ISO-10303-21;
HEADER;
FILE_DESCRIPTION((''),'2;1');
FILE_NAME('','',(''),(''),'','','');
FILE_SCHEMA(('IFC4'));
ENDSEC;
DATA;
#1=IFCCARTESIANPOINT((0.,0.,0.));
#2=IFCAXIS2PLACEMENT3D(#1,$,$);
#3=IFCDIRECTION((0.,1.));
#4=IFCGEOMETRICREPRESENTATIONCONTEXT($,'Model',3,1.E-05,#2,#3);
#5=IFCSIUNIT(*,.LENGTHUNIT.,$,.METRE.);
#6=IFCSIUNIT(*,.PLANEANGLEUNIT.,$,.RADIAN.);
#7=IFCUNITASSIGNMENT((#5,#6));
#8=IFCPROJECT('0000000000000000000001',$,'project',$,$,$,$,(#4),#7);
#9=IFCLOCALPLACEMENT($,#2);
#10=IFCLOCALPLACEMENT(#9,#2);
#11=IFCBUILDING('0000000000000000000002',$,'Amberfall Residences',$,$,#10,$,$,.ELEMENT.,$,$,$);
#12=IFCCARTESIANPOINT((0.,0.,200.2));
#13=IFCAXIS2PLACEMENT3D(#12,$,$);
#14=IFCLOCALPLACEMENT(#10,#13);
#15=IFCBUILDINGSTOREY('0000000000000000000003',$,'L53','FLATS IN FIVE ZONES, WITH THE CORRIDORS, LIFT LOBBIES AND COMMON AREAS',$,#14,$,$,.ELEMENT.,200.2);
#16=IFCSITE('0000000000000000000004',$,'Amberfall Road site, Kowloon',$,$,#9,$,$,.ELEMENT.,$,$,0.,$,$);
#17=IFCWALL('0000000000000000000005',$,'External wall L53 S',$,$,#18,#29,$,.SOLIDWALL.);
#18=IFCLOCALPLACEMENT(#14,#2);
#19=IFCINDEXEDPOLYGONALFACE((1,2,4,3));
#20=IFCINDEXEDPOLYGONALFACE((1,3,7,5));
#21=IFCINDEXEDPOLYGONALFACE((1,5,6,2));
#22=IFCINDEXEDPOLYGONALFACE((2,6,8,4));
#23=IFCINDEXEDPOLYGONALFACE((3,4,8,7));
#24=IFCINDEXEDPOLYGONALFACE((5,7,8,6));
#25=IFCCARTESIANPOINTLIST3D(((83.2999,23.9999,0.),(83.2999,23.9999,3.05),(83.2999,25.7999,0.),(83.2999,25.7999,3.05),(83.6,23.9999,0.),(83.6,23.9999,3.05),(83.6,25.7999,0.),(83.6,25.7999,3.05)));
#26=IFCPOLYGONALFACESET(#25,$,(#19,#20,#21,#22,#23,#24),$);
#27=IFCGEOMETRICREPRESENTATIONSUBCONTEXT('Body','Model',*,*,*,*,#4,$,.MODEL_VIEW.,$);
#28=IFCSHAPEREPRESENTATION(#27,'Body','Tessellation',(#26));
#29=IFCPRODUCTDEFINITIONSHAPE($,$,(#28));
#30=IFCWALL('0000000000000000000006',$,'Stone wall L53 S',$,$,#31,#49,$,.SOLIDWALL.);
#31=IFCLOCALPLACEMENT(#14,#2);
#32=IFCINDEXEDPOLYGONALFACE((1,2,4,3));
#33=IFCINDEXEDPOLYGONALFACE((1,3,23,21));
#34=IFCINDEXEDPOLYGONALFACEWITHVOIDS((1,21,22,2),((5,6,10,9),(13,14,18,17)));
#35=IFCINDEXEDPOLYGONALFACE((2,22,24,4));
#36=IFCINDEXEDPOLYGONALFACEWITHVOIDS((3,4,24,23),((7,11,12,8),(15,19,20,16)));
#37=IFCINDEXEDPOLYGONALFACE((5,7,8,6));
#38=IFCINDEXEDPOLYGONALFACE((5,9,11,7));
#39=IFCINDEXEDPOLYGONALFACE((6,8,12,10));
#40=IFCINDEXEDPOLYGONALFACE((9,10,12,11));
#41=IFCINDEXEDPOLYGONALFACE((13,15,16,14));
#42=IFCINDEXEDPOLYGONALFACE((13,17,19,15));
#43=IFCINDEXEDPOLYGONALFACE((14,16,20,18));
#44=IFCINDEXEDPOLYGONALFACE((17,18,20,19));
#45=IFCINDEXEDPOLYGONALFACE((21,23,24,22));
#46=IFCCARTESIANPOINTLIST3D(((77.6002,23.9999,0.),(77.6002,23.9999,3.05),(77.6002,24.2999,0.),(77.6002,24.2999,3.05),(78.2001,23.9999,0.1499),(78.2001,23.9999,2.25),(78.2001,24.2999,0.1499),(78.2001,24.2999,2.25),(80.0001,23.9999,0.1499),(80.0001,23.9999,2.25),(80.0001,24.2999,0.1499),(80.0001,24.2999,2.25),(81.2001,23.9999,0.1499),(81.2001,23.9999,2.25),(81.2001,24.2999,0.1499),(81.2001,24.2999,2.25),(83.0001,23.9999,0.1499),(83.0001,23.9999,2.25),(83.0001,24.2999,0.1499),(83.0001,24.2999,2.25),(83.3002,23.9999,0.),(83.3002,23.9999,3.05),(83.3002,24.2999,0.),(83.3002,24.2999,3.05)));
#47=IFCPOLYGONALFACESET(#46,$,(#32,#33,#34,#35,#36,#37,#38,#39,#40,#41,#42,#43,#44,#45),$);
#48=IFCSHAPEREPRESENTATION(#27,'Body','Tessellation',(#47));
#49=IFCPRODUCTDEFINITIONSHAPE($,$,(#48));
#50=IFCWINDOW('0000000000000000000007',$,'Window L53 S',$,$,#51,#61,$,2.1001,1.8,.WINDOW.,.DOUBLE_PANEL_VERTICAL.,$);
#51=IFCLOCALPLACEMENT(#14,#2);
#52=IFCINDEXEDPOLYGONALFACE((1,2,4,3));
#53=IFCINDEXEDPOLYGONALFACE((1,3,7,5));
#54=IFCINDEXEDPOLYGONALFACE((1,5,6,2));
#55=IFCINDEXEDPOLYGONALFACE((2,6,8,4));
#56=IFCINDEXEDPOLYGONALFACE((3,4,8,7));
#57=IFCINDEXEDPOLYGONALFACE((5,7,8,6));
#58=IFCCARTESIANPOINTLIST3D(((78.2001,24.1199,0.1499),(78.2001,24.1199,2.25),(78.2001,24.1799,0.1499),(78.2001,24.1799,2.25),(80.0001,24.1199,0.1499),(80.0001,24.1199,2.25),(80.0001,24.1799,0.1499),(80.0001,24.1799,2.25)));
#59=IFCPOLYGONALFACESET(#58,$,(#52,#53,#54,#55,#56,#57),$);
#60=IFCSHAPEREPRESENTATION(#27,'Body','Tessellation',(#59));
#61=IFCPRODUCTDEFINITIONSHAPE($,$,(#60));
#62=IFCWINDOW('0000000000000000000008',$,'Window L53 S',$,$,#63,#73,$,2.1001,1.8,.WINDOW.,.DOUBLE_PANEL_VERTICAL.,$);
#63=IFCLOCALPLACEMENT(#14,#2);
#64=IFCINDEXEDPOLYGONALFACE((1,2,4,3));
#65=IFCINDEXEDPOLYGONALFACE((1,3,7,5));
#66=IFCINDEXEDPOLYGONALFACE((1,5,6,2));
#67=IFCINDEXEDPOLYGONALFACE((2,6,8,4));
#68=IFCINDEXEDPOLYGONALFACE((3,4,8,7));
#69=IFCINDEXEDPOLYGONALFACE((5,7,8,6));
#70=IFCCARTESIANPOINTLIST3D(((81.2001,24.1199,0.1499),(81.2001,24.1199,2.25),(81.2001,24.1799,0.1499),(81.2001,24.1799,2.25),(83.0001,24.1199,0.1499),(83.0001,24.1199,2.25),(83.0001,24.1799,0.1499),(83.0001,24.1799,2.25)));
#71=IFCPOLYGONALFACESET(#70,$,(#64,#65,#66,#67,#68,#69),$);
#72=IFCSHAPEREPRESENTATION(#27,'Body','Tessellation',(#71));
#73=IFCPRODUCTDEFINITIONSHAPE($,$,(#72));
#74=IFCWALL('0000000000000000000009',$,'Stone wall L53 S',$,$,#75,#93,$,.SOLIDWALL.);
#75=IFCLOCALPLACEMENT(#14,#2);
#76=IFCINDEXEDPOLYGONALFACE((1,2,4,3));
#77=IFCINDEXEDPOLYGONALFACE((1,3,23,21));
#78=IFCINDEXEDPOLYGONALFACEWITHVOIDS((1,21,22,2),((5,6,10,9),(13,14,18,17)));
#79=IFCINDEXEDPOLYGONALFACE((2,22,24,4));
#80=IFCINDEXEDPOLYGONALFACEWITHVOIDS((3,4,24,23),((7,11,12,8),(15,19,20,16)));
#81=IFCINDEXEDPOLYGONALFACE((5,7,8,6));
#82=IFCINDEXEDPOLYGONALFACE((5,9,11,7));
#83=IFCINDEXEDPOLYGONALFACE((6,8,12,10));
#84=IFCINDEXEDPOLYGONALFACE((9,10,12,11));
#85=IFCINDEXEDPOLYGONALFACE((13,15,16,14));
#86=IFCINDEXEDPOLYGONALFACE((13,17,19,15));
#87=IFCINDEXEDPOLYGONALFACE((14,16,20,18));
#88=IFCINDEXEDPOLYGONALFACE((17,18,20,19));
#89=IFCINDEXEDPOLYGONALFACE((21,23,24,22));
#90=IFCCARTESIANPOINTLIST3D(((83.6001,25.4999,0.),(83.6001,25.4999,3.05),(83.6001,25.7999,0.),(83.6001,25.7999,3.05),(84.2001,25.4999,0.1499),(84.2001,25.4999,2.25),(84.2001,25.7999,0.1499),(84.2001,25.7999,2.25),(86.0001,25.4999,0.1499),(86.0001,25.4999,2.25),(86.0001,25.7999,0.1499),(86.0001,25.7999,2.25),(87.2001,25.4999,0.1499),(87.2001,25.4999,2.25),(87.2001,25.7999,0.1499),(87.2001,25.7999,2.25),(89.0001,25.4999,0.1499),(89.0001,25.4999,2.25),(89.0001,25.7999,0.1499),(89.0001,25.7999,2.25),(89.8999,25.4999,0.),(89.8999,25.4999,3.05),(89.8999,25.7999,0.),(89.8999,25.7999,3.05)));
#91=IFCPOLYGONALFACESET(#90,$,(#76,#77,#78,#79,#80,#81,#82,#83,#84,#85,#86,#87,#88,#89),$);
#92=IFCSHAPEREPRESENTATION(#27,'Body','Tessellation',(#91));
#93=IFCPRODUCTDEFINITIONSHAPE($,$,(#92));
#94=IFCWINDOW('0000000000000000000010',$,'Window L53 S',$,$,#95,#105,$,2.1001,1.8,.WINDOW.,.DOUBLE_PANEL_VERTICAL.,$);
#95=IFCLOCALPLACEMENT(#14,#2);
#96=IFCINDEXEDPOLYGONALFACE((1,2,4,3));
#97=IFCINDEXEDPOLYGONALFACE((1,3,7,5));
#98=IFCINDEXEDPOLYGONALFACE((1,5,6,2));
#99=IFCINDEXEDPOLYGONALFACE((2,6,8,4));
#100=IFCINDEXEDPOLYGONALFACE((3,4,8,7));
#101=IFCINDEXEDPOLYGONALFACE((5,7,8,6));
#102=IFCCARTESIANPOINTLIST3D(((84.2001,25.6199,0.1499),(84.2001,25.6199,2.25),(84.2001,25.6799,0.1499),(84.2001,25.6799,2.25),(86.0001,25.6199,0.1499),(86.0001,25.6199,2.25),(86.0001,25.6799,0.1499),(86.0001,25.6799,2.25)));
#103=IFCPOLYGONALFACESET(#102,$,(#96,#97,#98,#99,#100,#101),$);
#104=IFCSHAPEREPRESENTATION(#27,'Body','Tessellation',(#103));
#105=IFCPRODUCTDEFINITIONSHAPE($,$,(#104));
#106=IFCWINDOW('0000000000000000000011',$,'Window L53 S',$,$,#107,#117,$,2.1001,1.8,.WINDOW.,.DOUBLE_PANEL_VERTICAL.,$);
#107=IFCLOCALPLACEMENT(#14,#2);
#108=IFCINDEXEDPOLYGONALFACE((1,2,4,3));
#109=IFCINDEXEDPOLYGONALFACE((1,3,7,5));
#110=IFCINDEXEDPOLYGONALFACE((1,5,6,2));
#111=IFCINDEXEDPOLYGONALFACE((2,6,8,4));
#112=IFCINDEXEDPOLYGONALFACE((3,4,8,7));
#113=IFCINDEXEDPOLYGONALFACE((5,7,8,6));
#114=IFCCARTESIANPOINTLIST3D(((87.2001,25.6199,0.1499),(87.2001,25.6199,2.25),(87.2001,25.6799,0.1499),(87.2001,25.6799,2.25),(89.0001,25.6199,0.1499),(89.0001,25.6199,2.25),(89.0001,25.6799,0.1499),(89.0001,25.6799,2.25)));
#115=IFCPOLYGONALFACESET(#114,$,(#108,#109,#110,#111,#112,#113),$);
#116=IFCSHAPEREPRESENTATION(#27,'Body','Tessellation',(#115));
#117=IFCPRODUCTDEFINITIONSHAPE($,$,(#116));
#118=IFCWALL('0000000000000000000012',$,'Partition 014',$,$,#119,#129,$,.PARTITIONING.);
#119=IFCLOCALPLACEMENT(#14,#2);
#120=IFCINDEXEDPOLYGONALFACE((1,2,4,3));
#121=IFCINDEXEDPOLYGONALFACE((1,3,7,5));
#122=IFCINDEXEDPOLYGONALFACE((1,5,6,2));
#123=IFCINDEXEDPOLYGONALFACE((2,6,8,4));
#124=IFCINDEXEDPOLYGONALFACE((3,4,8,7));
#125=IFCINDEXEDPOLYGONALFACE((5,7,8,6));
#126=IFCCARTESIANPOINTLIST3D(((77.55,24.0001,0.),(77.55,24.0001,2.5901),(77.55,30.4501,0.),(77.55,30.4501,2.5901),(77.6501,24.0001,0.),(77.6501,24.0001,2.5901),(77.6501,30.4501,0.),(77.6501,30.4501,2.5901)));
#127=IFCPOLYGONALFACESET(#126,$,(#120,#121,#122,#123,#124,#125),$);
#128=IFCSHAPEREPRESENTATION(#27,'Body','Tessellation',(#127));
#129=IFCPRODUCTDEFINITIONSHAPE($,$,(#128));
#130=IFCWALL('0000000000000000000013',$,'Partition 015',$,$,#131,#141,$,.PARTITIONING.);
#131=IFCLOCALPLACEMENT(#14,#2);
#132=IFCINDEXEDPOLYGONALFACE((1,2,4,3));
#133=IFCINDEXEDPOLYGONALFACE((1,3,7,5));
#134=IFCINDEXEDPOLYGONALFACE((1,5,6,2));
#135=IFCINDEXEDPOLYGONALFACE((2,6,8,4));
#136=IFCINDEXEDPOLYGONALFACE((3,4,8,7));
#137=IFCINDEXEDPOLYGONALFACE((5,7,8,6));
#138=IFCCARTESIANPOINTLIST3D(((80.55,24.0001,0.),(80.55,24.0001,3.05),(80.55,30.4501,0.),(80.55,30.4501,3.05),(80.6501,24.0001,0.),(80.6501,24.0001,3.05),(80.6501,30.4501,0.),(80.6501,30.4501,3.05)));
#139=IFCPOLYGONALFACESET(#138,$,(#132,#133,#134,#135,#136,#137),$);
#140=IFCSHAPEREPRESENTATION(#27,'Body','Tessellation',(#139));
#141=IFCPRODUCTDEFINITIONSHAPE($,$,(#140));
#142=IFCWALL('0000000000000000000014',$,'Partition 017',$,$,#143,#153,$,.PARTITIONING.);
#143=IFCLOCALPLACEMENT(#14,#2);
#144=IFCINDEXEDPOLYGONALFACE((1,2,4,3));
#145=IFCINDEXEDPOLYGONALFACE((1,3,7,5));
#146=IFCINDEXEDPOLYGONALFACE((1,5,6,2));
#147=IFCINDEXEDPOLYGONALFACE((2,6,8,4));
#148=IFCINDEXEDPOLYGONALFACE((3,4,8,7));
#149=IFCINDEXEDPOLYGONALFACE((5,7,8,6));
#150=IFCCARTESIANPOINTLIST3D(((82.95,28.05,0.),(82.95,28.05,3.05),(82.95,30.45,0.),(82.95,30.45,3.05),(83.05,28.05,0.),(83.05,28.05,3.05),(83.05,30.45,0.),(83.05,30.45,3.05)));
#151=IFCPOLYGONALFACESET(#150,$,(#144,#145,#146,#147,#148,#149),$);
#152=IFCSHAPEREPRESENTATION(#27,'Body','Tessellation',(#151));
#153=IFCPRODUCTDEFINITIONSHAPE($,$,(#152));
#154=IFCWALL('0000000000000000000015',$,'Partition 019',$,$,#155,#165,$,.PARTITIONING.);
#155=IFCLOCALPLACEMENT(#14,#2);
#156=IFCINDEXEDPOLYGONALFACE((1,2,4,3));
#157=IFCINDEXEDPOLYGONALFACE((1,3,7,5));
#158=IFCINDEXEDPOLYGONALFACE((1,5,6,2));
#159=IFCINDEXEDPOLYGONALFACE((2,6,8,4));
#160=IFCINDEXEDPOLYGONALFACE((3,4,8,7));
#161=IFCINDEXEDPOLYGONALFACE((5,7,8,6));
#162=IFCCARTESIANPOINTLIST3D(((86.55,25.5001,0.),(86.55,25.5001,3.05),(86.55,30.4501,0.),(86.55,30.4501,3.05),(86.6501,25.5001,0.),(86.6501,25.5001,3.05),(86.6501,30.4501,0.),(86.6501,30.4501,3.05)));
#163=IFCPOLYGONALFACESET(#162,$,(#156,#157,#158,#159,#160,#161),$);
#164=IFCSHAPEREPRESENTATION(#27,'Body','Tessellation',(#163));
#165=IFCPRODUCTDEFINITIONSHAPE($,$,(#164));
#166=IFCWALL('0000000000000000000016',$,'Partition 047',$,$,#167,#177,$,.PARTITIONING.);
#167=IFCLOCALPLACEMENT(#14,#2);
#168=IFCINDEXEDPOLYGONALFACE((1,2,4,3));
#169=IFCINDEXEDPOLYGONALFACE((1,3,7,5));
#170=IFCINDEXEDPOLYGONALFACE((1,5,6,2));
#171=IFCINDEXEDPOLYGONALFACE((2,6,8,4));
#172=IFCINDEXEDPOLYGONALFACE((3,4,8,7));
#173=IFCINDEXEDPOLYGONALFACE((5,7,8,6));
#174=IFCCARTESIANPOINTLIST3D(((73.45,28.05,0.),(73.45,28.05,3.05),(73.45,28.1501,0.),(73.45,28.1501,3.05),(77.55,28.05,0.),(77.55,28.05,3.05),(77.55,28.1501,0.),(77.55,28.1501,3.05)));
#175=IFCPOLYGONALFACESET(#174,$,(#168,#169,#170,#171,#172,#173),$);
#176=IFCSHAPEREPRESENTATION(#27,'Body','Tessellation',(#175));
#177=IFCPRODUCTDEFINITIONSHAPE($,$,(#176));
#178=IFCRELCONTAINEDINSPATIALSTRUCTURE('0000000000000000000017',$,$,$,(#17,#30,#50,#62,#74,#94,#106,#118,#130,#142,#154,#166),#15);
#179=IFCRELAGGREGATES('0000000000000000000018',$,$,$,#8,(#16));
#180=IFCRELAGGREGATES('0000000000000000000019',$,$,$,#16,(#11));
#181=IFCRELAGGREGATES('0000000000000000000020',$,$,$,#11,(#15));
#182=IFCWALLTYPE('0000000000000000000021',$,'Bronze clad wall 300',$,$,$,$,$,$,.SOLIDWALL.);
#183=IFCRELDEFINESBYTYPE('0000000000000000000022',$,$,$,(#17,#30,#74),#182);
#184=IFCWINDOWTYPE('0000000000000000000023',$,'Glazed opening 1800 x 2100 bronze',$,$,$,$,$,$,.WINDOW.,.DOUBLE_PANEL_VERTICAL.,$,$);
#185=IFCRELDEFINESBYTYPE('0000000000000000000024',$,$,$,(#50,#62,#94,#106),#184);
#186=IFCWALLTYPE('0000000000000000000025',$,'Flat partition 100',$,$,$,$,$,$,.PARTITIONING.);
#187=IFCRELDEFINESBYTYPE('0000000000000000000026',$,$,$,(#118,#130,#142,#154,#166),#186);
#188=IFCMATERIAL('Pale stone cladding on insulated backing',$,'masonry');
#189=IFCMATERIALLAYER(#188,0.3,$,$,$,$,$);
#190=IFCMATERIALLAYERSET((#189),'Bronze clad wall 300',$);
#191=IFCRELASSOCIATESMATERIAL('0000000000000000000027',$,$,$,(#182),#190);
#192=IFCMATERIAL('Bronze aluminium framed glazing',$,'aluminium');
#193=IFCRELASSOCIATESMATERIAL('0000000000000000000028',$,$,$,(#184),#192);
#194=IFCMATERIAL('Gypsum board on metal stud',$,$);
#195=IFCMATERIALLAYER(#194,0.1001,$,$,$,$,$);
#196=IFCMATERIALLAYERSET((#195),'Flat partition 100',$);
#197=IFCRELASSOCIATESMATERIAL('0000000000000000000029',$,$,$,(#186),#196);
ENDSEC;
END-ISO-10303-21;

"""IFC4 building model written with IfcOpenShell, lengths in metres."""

from ifc_helpers import new_model, si_unit, direction, frame, frame_2d, origin, place, context, subcontext, project, spatial, rectangle, extrude, material, layer, layer_set, type_object, element, fill, save


model = new_model("IFC4")

# Units and contexts
model_context = context("Model", 3, precision=1e-05, world=origin(), true_north=direction((0.0, 1.0)))
body_context = subcontext(model_context, "Body", "Model", "MODEL_VIEW")
ifc_project = project(units=[si_unit("LENGTHUNIT", "METRE"), si_unit("PLANEANGLEUNIT", "RADIAN")], contexts=[model_context])

# Site, building, storey
site_placement = place(None, origin())
site = spatial("IfcSite", under=ifc_project, at=site_placement, Name="Amberfall Road site, Kowloon", CompositionType="ELEMENT", RefElevation=0.0)
building_placement = place(site_placement, origin())
building = spatial("IfcBuilding", under=site, at=building_placement, Name="Amberfall Residences", CompositionType="ELEMENT")
storey_placement = place(building_placement, frame((0.0, 0.0, 200.2)))
storey = spatial("IfcBuildingStorey", under=building, at=storey_placement, Name="L53", Description="FLATS IN FIVE ZONES, WITH THE CORRIDORS, LIFT LOBBIES AND COMMON AREAS", CompositionType="ELEMENT", Elevation=200.2)

# Wall
ifc_material_1 = material(Name="Pale stone cladding on insulated backing", Category="masonry")
ifc_layer_1 = layer(ifc_material_1, 0.3)
ifc_layer_set_1 = layer_set([ifc_layer_1], Name="Bronze clad wall 300")
wall_type_1 = type_object("IfcWallType", Name="Bronze clad wall 300", PredefinedType="SOLIDWALL", material=ifc_layer_set_1)
for number, where, z_axis, x_axis, name in (
    (1, (83.45, 24.0, 0.0), (0.0, 0.0, 1.0), (0.0, 1.0, 0.0), "External wall L53 S"),
):
    element("IfcWall", number, at=place(storey_placement, frame(where, z_axis=z_axis, x_axis=x_axis)), inside=storey, type_object=wall_type_1, Name=name, PredefinedType="SOLIDWALL", context=body_context, shape_type="SweptSolid", body=[
        extrude(rectangle(XDim=1.8, YDim=0.3, at=frame_2d((0.8999, 0.0))), origin(), (0.0, 0.0, 1.0), 3.05),
    ])

# Walls, openings, windows
wall_1_placement = place(storey_placement, frame((77.6001, 24.1499, 0.0), z_axis=(0.0, 0.0, 1.0), x_axis=(1.0, 0.0, 0.0)))
wall_1 = element("IfcWall", 2, at=wall_1_placement, inside=storey, type_object=wall_type_1, Name="Stone wall L53 S", PredefinedType="SOLIDWALL", context=body_context, shape_type="SweptSolid", body=[
    extrude(rectangle(XDim=5.7, YDim=0.3, at=frame_2d((2.8501, 0.0))), origin(), (0.0, 0.0, 1.0), 3.05),
])
opening_1_placement = place(wall_1_placement, frame((0.6001, 0.0, 0.1499)))
opening_1 = element("IfcOpeningElement", 3, at=opening_1_placement, cuts=wall_1, PredefinedType="OPENING", context=body_context, shape_type="SweptSolid", body=[
    extrude(rectangle(XDim=1.8, YDim=2.1001, at=frame_2d((0.8999, 1.05))), frame((0.0, 0.1599, 0.0), z_axis=(0.0, -1.0, 0.0), x_axis=(1.0, 0.0, 0.0)), (0.0, 0.0, 1.0), 0.3201),
])
opening_2_placement = place(wall_1_placement, frame((3.6001, 0.0, 0.1499)))
opening_2 = element("IfcOpeningElement", 4, at=opening_2_placement, cuts=wall_1, PredefinedType="OPENING", context=body_context, shape_type="SweptSolid", body=[
    extrude(rectangle(XDim=1.8, YDim=2.1001, at=frame_2d((0.8999, 1.05))), frame((0.0, 0.1599, 0.0), z_axis=(0.0, -1.0, 0.0), x_axis=(1.0, 0.0, 0.0)), (0.0, 0.0, 1.0), 0.3201),
])
ifc_material_2 = material(Name="Bronze aluminium framed glazing", Category="aluminium")
window_type = type_object("IfcWindowType", Name="Glazed opening 1800 x 2100 bronze", PartitioningType="DOUBLE_PANEL_VERTICAL", PredefinedType="WINDOW", material=ifc_material_2)
window_1_placement = place(opening_1_placement, origin())
window_1 = element("IfcWindow", 5, at=window_1_placement, inside=storey, type_object=window_type, Name="Window L53 S", OverallHeight=2.1001, OverallWidth=1.8, PartitioningType="DOUBLE_PANEL_VERTICAL", PredefinedType="WINDOW", context=body_context, shape_type="SweptSolid", body=[
    extrude(rectangle(XDim=1.8, YDim=2.1001, at=frame_2d((0.8999, 1.05))), frame((0.0, 0.03, 0.0), z_axis=(0.0, -1.0, 0.0), x_axis=(1.0, 0.0, 0.0)), (0.0, 0.0, 1.0), 0.0601),
])
fill(opening_1, window_1)
window_2_placement = place(opening_2_placement, origin())
window_2 = element("IfcWindow", 6, at=window_2_placement, inside=storey, type_object=window_type, Name="Window L53 S", OverallHeight=2.1001, OverallWidth=1.8, PartitioningType="DOUBLE_PANEL_VERTICAL", PredefinedType="WINDOW", context=body_context, shape_type="SweptSolid", body=[
    extrude(rectangle(XDim=1.8, YDim=2.1001, at=frame_2d((0.8999, 1.05))), frame((0.0, 0.03, 0.0), z_axis=(0.0, -1.0, 0.0), x_axis=(1.0, 0.0, 0.0)), (0.0, 0.0, 1.0), 0.0601),
])
fill(opening_2, window_2)
wall_2_placement = place(storey_placement, frame((83.6001, 25.6499, 0.0), z_axis=(0.0, 0.0, 1.0), x_axis=(1.0, 0.0, 0.0)))
wall_2 = element("IfcWall", 7, at=wall_2_placement, inside=storey, type_object=wall_type_1, Name="Stone wall L53 S", PredefinedType="SOLIDWALL", context=body_context, shape_type="SweptSolid", body=[
    extrude(rectangle(XDim=6.2998, YDim=0.3, at=frame_2d((3.1499, 0.0))), origin(), (0.0, 0.0, 1.0), 3.05),
])
opening_3_placement = place(wall_2_placement, frame((0.6001, 0.0, 0.1499)))
opening_3 = element("IfcOpeningElement", 8, at=opening_3_placement, cuts=wall_2, PredefinedType="OPENING", context=body_context, shape_type="SweptSolid", body=[
    extrude(rectangle(XDim=1.8, YDim=2.1001, at=frame_2d((0.8999, 1.05))), frame((0.0, 0.1599, 0.0), z_axis=(0.0, -1.0, 0.0), x_axis=(1.0, 0.0, 0.0)), (0.0, 0.0, 1.0), 0.3201),
])
opening_4_placement = place(wall_2_placement, frame((3.6001, 0.0, 0.1499)))
opening_4 = element("IfcOpeningElement", 9, at=opening_4_placement, cuts=wall_2, PredefinedType="OPENING", context=body_context, shape_type="SweptSolid", body=[
    extrude(rectangle(XDim=1.8, YDim=2.1001, at=frame_2d((0.8999, 1.05))), frame((0.0, 0.1599, 0.0), z_axis=(0.0, -1.0, 0.0), x_axis=(1.0, 0.0, 0.0)), (0.0, 0.0, 1.0), 0.3201),
])
window_3_placement = place(opening_3_placement, origin())
window_3 = element("IfcWindow", 10, at=window_3_placement, inside=storey, type_object=window_type, Name="Window L53 S", OverallHeight=2.1001, OverallWidth=1.8, PartitioningType="DOUBLE_PANEL_VERTICAL", PredefinedType="WINDOW", context=body_context, shape_type="SweptSolid", body=[
    extrude(rectangle(XDim=1.8, YDim=2.1001, at=frame_2d((0.8999, 1.05))), frame((0.0, 0.03, 0.0), z_axis=(0.0, -1.0, 0.0), x_axis=(1.0, 0.0, 0.0)), (0.0, 0.0, 1.0), 0.0601),
])
fill(opening_3, window_3)
window_4_placement = place(opening_4_placement, origin())
window_4 = element("IfcWindow", 11, at=window_4_placement, inside=storey, type_object=window_type, Name="Window L53 S", OverallHeight=2.1001, OverallWidth=1.8, PartitioningType="DOUBLE_PANEL_VERTICAL", PredefinedType="WINDOW", context=body_context, shape_type="SweptSolid", body=[
    extrude(rectangle(XDim=1.8, YDim=2.1001, at=frame_2d((0.8999, 1.05))), frame((0.0, 0.03, 0.0), z_axis=(0.0, -1.0, 0.0), x_axis=(1.0, 0.0, 0.0)), (0.0, 0.0, 1.0), 0.0601),
])
fill(opening_4, window_4)

# Walls
ifc_material_3 = material(Name="Gypsum board on metal stud")
ifc_layer_2 = layer(ifc_material_3, 0.1001)
ifc_layer_set_2 = layer_set([ifc_layer_2], Name="Flat partition 100")
wall_type_2 = type_object("IfcWallType", Name="Flat partition 100", PredefinedType="PARTITIONING", material=ifc_layer_set_2)
wall_3_placement = place(storey_placement, frame((77.6001, 24.0, 0.0), z_axis=(0.0, 0.0, 1.0), x_axis=(0.0, 1.0, 0.0)))
element("IfcWall", 12, at=wall_3_placement, inside=storey, type_object=wall_type_2, Name="Partition 014", PredefinedType="PARTITIONING", context=body_context, shape_type="SweptSolid", body=[
    extrude(rectangle(XDim=6.45, YDim=0.1001, at=frame_2d((3.2251, 0.0))), origin(), (0.0, 0.0, 1.0), 2.5901),
])
wall_4_placement = place(storey_placement, frame((80.6001, 24.0, 0.0), z_axis=(0.0, 0.0, 1.0), x_axis=(0.0, 1.0, 0.0)))
element("IfcWall", 13, at=wall_4_placement, inside=storey, type_object=wall_type_2, Name="Partition 015", PredefinedType="PARTITIONING", context=body_context, shape_type="SweptSolid", body=[
    extrude(rectangle(XDim=6.45, YDim=0.1001, at=frame_2d((3.2251, 0.0))), origin(), (0.0, 0.0, 1.0), 3.05),
])
wall_5_placement = place(storey_placement, frame((83.0, 28.05, 0.0), z_axis=(0.0, 0.0, 1.0), x_axis=(0.0, 1.0, 0.0)))
element("IfcWall", 14, at=wall_5_placement, inside=storey, type_object=wall_type_2, Name="Partition 017", PredefinedType="PARTITIONING", context=body_context, shape_type="SweptSolid", body=[
    extrude(rectangle(XDim=2.3999, YDim=0.1001, at=frame_2d((1.2, 0.0))), origin(), (0.0, 0.0, 1.0), 3.05),
])
wall_6_placement = place(storey_placement, frame((86.6001, 25.5, 0.0), z_axis=(0.0, 0.0, 1.0), x_axis=(0.0, 1.0, 0.0)))
element("IfcWall", 15, at=wall_6_placement, inside=storey, type_object=wall_type_2, Name="Partition 019", PredefinedType="PARTITIONING", context=body_context, shape_type="SweptSolid", body=[
    extrude(rectangle(XDim=4.95, YDim=0.1001, at=frame_2d((2.4751, 0.0))), origin(), (0.0, 0.0, 1.0), 3.05),
])
wall_7_placement = place(storey_placement, frame((73.45, 28.1001, 0.0), z_axis=(0.0, 0.0, 1.0), x_axis=(1.0, 0.0, 0.0)))
element("IfcWall", 16, at=wall_7_placement, inside=storey, type_object=wall_type_2, Name="Partition 047", PredefinedType="PARTITIONING", context=body_context, shape_type="SweptSolid", body=[
    extrude(rectangle(XDim=4.1001, YDim=0.1001, at=frame_2d((2.05, 0.0))), origin(), (0.0, 0.0, 1.0), 3.05),
])

save(model, "model.ifc")
